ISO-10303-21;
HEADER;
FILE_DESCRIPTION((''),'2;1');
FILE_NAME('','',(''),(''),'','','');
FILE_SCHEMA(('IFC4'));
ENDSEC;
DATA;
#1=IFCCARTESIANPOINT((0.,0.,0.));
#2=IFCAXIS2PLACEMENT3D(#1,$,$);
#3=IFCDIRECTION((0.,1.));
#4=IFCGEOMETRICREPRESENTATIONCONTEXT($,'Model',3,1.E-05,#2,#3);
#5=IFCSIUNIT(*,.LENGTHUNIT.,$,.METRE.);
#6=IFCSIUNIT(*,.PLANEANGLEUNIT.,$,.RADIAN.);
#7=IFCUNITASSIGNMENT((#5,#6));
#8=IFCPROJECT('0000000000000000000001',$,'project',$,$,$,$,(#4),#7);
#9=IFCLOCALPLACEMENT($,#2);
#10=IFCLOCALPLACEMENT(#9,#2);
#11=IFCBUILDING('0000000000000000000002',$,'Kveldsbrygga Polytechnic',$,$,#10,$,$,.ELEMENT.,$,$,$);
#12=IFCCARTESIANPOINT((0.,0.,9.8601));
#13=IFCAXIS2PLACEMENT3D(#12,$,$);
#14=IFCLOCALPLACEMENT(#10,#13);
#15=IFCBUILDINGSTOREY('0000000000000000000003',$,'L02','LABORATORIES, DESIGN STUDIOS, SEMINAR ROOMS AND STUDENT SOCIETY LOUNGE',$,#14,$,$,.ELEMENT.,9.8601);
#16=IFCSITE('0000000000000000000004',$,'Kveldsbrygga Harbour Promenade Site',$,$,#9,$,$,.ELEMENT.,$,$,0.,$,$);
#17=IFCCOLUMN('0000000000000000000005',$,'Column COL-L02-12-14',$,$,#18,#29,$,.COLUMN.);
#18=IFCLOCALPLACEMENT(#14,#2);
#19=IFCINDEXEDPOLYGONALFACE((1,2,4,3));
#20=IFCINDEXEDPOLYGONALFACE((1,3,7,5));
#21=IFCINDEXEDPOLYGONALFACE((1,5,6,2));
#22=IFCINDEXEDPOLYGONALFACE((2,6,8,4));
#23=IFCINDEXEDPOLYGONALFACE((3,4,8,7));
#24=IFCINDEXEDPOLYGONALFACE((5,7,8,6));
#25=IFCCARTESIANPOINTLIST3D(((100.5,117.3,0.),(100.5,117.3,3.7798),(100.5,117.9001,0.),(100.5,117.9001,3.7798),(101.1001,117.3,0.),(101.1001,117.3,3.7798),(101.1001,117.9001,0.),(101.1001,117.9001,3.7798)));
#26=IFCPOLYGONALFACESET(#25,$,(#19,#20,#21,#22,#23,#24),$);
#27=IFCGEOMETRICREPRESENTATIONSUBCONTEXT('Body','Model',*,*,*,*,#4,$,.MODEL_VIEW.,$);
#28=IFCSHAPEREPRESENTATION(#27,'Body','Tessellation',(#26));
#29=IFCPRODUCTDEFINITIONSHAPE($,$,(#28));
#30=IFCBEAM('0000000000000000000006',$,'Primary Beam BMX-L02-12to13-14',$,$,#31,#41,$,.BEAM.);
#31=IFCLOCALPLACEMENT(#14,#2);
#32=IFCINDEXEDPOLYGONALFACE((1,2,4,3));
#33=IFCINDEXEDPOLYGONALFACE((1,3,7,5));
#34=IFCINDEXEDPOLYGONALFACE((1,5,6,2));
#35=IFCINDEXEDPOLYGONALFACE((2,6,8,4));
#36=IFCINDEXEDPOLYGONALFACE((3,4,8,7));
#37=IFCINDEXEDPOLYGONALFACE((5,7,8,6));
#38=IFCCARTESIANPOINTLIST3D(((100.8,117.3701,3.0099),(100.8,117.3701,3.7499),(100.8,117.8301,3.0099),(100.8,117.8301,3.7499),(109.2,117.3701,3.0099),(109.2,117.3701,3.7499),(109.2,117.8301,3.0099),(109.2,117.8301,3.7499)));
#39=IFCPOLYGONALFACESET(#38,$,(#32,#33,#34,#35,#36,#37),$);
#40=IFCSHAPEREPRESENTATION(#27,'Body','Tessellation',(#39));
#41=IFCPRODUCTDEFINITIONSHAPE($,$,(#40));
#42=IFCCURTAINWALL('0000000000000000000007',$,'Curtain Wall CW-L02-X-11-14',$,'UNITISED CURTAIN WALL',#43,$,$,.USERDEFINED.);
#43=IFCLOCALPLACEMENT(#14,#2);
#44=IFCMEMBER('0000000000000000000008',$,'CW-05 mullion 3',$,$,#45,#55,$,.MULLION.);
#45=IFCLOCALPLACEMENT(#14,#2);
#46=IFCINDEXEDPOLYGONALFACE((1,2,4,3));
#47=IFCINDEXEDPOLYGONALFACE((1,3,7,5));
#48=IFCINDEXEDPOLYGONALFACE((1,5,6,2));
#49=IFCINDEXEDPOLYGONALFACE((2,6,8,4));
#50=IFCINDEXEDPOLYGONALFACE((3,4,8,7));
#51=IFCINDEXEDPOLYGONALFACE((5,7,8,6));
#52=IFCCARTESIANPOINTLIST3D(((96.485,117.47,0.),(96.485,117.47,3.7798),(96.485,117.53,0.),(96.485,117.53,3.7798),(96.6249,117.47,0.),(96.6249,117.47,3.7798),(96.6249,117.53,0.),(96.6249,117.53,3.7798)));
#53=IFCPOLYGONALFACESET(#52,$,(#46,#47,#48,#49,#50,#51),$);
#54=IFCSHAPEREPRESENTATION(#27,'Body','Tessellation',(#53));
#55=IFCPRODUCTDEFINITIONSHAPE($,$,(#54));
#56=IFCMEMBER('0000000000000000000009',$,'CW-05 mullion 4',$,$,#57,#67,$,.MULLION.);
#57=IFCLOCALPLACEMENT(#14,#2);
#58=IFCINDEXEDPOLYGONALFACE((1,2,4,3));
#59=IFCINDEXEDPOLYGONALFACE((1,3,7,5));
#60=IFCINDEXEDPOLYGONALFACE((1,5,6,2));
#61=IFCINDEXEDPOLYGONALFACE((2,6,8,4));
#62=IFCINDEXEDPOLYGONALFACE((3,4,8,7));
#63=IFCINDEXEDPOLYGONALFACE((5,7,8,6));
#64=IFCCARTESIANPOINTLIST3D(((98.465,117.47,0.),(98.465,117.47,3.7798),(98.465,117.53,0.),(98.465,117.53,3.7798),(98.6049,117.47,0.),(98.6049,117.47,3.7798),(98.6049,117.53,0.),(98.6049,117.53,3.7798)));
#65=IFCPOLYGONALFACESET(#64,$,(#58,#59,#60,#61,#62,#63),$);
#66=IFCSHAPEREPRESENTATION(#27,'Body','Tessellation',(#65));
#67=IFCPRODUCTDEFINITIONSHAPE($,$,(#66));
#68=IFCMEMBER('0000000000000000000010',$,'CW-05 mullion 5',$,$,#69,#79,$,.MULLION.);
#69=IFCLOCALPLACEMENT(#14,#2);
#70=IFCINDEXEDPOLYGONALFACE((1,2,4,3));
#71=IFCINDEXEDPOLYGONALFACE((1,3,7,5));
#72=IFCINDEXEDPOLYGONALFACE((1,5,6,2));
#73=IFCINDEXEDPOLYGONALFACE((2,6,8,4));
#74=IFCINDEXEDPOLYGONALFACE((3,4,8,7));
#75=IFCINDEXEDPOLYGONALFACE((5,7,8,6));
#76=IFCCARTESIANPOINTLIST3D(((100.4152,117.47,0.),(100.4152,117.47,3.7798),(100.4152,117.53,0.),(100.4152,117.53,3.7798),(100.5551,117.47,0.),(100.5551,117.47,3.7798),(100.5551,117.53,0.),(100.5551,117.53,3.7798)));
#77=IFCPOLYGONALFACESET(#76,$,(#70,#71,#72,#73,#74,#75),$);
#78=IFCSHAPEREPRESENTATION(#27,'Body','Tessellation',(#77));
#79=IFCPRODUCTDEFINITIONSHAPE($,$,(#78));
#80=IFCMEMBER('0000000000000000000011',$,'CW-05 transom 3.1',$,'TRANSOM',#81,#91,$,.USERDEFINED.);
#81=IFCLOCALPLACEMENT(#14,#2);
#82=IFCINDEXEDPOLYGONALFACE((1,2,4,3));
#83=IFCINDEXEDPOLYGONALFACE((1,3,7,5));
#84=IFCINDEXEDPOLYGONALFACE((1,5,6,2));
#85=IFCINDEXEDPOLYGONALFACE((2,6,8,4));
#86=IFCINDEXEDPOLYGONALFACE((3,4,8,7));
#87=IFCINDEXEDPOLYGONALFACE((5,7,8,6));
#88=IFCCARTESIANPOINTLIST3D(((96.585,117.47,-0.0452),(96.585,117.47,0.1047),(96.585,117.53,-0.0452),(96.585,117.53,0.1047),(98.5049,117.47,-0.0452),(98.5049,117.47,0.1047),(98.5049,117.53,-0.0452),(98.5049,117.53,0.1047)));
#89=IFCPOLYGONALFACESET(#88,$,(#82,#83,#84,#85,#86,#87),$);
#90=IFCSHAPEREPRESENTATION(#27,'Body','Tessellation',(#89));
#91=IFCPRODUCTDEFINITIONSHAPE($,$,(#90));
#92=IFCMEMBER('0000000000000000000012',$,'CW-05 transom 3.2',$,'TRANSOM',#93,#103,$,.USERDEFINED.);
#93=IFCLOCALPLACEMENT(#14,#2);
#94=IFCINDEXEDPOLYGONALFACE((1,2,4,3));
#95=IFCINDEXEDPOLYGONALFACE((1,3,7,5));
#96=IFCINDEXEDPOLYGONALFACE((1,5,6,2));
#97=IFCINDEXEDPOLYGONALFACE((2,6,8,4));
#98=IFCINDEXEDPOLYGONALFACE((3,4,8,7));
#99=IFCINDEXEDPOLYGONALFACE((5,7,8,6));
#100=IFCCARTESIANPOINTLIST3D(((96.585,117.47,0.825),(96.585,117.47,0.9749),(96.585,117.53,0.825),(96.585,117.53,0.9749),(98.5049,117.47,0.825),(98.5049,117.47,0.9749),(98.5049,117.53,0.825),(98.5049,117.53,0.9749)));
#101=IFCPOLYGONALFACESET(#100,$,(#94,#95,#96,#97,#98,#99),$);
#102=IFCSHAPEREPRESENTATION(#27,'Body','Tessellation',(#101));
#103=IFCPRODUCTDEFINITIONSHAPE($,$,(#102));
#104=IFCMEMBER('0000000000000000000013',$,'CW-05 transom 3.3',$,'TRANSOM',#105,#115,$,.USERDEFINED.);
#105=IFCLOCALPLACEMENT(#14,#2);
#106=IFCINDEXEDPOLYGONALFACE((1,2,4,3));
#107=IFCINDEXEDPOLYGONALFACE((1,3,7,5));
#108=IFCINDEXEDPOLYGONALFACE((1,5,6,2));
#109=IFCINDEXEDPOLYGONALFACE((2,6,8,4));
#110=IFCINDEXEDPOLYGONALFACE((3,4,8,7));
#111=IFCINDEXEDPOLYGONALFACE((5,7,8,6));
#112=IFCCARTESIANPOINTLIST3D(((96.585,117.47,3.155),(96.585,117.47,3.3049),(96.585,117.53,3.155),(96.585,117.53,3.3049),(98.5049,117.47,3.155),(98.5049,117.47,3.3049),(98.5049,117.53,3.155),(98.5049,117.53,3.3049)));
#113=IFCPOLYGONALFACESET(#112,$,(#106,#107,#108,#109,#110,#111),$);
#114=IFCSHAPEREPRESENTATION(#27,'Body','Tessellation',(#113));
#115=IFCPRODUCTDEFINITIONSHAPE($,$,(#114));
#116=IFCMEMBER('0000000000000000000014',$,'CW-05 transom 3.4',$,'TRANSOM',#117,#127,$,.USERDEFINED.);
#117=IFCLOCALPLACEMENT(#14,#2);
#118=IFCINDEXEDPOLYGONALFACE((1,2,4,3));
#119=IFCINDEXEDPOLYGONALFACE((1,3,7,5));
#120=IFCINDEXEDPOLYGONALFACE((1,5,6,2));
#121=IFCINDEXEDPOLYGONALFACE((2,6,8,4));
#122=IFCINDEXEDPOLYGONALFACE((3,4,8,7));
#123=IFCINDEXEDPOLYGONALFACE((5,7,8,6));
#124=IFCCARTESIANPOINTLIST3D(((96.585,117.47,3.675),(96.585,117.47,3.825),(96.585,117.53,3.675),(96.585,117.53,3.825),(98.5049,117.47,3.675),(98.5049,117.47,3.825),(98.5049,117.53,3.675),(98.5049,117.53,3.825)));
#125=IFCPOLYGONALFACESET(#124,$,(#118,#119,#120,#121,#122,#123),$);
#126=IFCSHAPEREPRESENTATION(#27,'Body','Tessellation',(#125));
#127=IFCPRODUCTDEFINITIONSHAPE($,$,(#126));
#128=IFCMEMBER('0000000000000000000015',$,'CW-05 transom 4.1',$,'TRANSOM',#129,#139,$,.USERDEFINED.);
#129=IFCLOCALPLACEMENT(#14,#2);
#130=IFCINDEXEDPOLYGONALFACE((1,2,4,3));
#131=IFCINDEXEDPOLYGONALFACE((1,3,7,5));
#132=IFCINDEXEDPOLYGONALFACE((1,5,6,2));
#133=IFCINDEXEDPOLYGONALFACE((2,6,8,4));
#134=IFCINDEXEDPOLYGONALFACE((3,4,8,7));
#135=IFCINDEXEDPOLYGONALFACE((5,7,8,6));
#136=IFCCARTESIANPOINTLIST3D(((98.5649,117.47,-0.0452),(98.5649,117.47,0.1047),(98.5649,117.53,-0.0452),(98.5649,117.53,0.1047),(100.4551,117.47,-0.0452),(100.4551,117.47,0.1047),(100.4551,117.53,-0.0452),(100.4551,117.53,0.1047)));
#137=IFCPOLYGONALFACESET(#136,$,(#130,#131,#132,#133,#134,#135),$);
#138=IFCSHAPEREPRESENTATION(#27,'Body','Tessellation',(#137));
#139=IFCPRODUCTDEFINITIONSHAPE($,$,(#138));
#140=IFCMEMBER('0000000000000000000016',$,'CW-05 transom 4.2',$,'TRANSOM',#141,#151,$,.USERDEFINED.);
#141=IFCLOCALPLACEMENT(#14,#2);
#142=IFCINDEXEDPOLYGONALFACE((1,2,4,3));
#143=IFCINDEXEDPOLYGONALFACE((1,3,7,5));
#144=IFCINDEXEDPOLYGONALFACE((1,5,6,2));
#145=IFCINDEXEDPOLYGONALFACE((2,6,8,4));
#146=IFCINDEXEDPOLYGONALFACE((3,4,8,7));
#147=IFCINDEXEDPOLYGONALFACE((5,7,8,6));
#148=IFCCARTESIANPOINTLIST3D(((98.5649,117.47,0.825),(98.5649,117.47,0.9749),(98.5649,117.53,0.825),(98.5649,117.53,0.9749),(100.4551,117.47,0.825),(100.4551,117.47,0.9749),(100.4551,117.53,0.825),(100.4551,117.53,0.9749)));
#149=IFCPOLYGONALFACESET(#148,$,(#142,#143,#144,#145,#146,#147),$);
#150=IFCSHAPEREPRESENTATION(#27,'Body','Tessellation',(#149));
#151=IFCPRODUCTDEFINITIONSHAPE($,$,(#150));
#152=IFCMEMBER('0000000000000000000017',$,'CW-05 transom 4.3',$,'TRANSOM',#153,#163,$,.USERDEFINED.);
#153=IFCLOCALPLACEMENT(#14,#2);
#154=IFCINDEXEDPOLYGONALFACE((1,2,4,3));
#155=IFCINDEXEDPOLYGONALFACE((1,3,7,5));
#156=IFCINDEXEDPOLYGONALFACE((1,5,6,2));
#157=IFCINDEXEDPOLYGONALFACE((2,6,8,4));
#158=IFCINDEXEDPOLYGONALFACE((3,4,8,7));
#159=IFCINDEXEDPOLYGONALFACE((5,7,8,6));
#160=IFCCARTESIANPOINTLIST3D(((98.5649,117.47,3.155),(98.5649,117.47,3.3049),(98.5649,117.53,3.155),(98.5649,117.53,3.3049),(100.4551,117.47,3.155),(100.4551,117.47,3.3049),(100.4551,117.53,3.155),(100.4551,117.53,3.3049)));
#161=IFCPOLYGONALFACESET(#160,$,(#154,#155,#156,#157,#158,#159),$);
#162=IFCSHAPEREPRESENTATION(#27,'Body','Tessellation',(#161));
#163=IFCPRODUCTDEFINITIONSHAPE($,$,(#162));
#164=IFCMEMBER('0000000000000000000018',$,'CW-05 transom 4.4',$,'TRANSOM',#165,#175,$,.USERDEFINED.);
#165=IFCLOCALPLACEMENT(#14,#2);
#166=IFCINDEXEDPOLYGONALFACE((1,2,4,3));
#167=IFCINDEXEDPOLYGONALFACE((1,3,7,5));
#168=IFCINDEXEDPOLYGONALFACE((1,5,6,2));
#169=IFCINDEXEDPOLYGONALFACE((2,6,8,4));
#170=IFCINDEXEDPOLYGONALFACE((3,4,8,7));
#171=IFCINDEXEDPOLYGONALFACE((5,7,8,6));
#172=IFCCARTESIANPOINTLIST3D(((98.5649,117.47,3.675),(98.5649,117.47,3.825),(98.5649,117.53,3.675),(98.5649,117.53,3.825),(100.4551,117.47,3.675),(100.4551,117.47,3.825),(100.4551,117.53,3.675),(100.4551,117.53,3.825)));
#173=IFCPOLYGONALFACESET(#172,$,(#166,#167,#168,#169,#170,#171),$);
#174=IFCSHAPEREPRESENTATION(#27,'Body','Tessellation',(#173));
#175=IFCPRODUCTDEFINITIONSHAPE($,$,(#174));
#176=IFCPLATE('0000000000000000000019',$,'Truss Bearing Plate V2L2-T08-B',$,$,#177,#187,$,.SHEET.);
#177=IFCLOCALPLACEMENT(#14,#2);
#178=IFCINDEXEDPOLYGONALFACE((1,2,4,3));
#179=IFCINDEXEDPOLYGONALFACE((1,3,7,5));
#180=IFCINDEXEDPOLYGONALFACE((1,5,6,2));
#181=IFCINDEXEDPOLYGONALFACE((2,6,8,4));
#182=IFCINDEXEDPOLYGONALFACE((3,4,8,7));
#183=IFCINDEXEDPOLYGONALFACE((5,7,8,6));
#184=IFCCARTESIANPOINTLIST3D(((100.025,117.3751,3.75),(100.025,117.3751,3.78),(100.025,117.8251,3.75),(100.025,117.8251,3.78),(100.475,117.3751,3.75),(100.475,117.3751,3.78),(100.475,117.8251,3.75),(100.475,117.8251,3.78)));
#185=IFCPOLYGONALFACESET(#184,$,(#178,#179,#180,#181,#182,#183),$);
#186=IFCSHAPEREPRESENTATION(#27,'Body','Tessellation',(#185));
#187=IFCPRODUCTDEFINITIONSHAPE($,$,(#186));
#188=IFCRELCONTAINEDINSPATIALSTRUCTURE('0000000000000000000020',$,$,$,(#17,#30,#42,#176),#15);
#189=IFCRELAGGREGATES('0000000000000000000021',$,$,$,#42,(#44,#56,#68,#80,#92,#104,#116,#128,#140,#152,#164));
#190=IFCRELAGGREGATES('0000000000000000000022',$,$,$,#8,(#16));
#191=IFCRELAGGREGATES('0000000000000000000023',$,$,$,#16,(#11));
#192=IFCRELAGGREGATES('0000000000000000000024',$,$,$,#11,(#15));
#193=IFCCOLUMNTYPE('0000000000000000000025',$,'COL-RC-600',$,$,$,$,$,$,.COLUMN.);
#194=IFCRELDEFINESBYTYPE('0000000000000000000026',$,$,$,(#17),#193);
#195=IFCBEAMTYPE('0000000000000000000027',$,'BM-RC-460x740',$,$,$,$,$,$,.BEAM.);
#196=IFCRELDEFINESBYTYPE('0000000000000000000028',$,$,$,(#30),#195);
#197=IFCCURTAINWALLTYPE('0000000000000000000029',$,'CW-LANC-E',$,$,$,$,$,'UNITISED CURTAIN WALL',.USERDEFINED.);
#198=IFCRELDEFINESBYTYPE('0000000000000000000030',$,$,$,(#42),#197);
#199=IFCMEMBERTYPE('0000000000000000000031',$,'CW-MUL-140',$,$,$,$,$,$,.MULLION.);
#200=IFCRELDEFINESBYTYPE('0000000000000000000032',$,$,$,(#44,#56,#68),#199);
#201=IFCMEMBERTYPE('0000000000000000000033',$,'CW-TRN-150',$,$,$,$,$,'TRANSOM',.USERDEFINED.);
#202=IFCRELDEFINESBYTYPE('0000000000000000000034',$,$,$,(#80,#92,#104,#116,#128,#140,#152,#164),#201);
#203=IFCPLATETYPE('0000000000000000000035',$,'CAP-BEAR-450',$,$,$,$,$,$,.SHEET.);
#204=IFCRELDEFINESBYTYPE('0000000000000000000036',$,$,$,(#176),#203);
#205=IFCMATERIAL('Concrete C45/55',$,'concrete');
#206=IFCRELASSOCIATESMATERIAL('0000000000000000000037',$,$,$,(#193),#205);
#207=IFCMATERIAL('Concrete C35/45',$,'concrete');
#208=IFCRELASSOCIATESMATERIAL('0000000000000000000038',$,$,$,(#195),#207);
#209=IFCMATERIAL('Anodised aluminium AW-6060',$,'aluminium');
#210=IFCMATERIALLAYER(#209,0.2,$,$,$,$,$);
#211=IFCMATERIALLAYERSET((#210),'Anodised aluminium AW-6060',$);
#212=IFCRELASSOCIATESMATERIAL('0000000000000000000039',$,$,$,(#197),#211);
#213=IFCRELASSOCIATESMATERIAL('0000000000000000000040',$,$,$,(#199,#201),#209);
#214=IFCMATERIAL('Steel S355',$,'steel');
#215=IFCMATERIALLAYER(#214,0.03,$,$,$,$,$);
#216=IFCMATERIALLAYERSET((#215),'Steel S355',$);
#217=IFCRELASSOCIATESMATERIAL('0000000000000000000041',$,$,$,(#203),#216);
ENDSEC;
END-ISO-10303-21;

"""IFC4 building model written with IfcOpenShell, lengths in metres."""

from ifc_helpers import new_model, si_unit, direction, frame, origin, origin_2d, place, context, subcontext, project, spatial, rectangle, extrude, material, layer, layer_set, material_profile, profile_set, type_object, element, aggregate, save


model = new_model("IFC4")

# Units and contexts
model_context = context("Model", 3, precision=1e-05, world=origin(), true_north=direction((0.0, 1.0)))
body_context = subcontext(model_context, "Body", "Model", "MODEL_VIEW")
ifc_project = project(units=[si_unit("LENGTHUNIT", "METRE"), si_unit("PLANEANGLEUNIT", "RADIAN")], contexts=[model_context])

# Site, building, storey
site_placement = place(None, origin())
site = spatial("IfcSite", under=ifc_project, at=site_placement, Name="Kveldsbrygga Harbour Promenade Site", CompositionType="ELEMENT", RefElevation=0.0)
building_placement = place(site_placement, origin())
building = spatial("IfcBuilding", under=site, at=building_placement, Name="Kveldsbrygga Polytechnic", CompositionType="ELEMENT")
storey_placement = place(building_placement, frame((0.0, 0.0, 9.8601)))
storey = spatial("IfcBuildingStorey", under=building, at=storey_placement, Name="L02", Description="LABORATORIES, DESIGN STUDIOS, SEMINAR ROOMS AND STUDENT SOCIETY LOUNGE", CompositionType="ELEMENT", Elevation=9.8601)

# Column
ifc_material_1 = material(Name="Concrete C45/55", Category="concrete")
ifc_material_profile_1 = material_profile(ifc_material_1, rectangle(XDim=0.6001, YDim=0.6001, at=origin_2d()), Name="RC 600x600")
ifc_profile_set_1 = profile_set([ifc_material_profile_1], Name="Concrete C45/55")
column_type = type_object("IfcColumnType", Name="COL-RC-600", PredefinedType="COLUMN", material=ifc_profile_set_1)
column_placement = place(storey_placement, frame((100.8, 117.6001, 0.0), z_axis=(0.0, 0.0, 1.0), x_axis=(1.0, 0.0, 0.0)))
element("IfcColumn", 1, at=column_placement, inside=storey, type_object=column_type, Name="Column COL-L02-12-14", PredefinedType="COLUMN", context=body_context, shape_type="SweptSolid", body=[
    extrude(rectangle(XDim=0.6001, YDim=0.6001, at=origin_2d()), origin(), (0.0, 0.0, 1.0), 3.7798),
])

# Beam
ifc_material_2 = material(Name="Concrete C35/45", Category="concrete")
ifc_material_profile_2 = material_profile(ifc_material_2, rectangle(XDim=0.46, YDim=0.74, at=origin_2d()), Name="RC 460x740")
ifc_profile_set_2 = profile_set([ifc_material_profile_2], Name="Concrete C35/45")
beam_type = type_object("IfcBeamType", Name="BM-RC-460x740", PredefinedType="BEAM", material=ifc_profile_set_2)
beam_placement = place(storey_placement, frame((100.8, 117.6001, 3.3799), z_axis=(1.0, 0.0, 0.0), x_axis=(0.0, 1.0, 0.0)))
element("IfcBeam", 2, at=beam_placement, inside=storey, type_object=beam_type, Name="Primary Beam BMX-L02-12to13-14", PredefinedType="BEAM", context=body_context, shape_type="SweptSolid", body=[
    extrude(rectangle(XDim=0.46, YDim=0.74, at=origin_2d()), origin(), (0.0, 0.0, 1.0), 8.3999),
])

# Curtain wall, members
ifc_material_3 = material(Name="Anodised aluminium AW-6060", Category="aluminium")
ifc_layer_1 = layer(ifc_material_3, 0.2)
ifc_layer_set_1 = layer_set([ifc_layer_1], Name="Anodised aluminium AW-6060")
curtain_wall_type = type_object("IfcCurtainWallType", Name="CW-LANC-E", ElementType="UNITISED CURTAIN WALL", PredefinedType="USERDEFINED", material=ifc_layer_set_1)
curtain_wall_placement = place(storey_placement, origin())
curtain_wall = element("IfcCurtainWall", 3, at=curtain_wall_placement, inside=storey, type_object=curtain_wall_type, Name="Curtain Wall CW-L02-X-11-14", ObjectType="UNITISED CURTAIN WALL", PredefinedType="USERDEFINED")
ifc_material_profile_3 = material_profile(ifc_material_3, rectangle(XDim=0.0601, YDim=0.1399, at=origin_2d()), Name="ALU 60x140")
ifc_profile_set_3 = profile_set([ifc_material_profile_3], Name="Anodised aluminium AW-6060")
member_type_1 = type_object("IfcMemberType", Name="CW-MUL-140", PredefinedType="MULLION", material=ifc_profile_set_3)
member_1_placement = place(storey_placement, frame((96.5549, 117.5, 0.0), z_axis=(0.0, 0.0, 1.0), x_axis=(0.0, 1.0, 0.0)))
member_1 = element("IfcMember", 4, at=member_1_placement, type_object=member_type_1, Name="CW-05 mullion 3", PredefinedType="MULLION", context=body_context, shape_type="SweptSolid", body=[
    extrude(rectangle(XDim=0.0601, YDim=0.1399, at=origin_2d()), origin(), (0.0, 0.0, 1.0), 3.7798),
])
member_2_placement = place(storey_placement, frame((98.5349, 117.5, 0.0), z_axis=(0.0, 0.0, 1.0), x_axis=(0.0, 1.0, 0.0)))
member_2 = element("IfcMember", 5, at=member_2_placement, type_object=member_type_1, Name="CW-05 mullion 4", PredefinedType="MULLION", context=body_context, shape_type="SweptSolid", body=[
    extrude(rectangle(XDim=0.0601, YDim=0.1399, at=origin_2d()), origin(), (0.0, 0.0, 1.0), 3.7798),
])
member_3_placement = place(storey_placement, frame((100.4851, 117.5, 0.0), z_axis=(0.0, 0.0, 1.0), x_axis=(0.0, 1.0, 0.0)))
member_3 = element("IfcMember", 6, at=member_3_placement, type_object=member_type_1, Name="CW-05 mullion 5", PredefinedType="MULLION", context=body_context, shape_type="SweptSolid", body=[
    extrude(rectangle(XDim=0.0601, YDim=0.1399, at=origin_2d()), origin(), (0.0, 0.0, 1.0), 3.7798),
])
ifc_material_profile_4 = material_profile(ifc_material_3, rectangle(XDim=0.0601, YDim=0.1499, at=origin_2d()), Name="ALU 60x150")
ifc_profile_set_4 = profile_set([ifc_material_profile_4], Name="Anodised aluminium AW-6060")
member_type_2 = type_object("IfcMemberType", Name="CW-TRN-150", ElementType="TRANSOM", PredefinedType="USERDEFINED", material=ifc_profile_set_4)
member_4_placement = place(storey_placement, frame((96.585, 117.5, 0.0298), z_axis=(1.0, 0.0, 0.0), x_axis=(0.0, 1.0, 0.0)))
member_4 = element("IfcMember", 7, at=member_4_placement, type_object=member_type_2, Name="CW-05 transom 3.1", ObjectType="TRANSOM", PredefinedType="USERDEFINED", context=body_context, shape_type="SweptSolid", body=[
    extrude(rectangle(XDim=0.0601, YDim=0.1499, at=origin_2d()), origin(), (0.0, 0.0, 1.0), 1.9199),
])
member_5_placement = place(storey_placement, frame((96.585, 117.5, 0.8999), z_axis=(1.0, 0.0, 0.0), x_axis=(0.0, 1.0, 0.0)))
member_5 = element("IfcMember", 8, at=member_5_placement, type_object=member_type_2, Name="CW-05 transom 3.2", ObjectType="TRANSOM", PredefinedType="USERDEFINED", context=body_context, shape_type="SweptSolid", body=[
    extrude(rectangle(XDim=0.0601, YDim=0.1499, at=origin_2d()), origin(), (0.0, 0.0, 1.0), 1.9199),
])
member_6_placement = place(storey_placement, frame((96.585, 117.5, 3.23), z_axis=(1.0, 0.0, 0.0), x_axis=(0.0, 1.0, 0.0)))
member_6 = element("IfcMember", 9, at=member_6_placement, type_object=member_type_2, Name="CW-05 transom 3.3", ObjectType="TRANSOM", PredefinedType="USERDEFINED", context=body_context, shape_type="SweptSolid", body=[
    extrude(rectangle(XDim=0.0601, YDim=0.1499, at=origin_2d()), origin(), (0.0, 0.0, 1.0), 1.9199),
])
member_7_placement = place(storey_placement, frame((96.585, 117.5, 3.75), z_axis=(1.0, 0.0, 0.0), x_axis=(0.0, 1.0, 0.0)))
member_7 = element("IfcMember", 10, at=member_7_placement, type_object=member_type_2, Name="CW-05 transom 3.4", ObjectType="TRANSOM", PredefinedType="USERDEFINED", context=body_context, shape_type="SweptSolid", body=[
    extrude(rectangle(XDim=0.0601, YDim=0.1499, at=origin_2d()), origin(), (0.0, 0.0, 1.0), 1.9199),
])
member_8_placement = place(storey_placement, frame((98.5649, 117.5, 0.0298), z_axis=(1.0, 0.0, 0.0), x_axis=(0.0, 1.0, 0.0)))
member_8 = element("IfcMember", 11, at=member_8_placement, type_object=member_type_2, Name="CW-05 transom 4.1", ObjectType="TRANSOM", PredefinedType="USERDEFINED", context=body_context, shape_type="SweptSolid", body=[
    extrude(rectangle(XDim=0.0601, YDim=0.1499, at=origin_2d()), origin(), (0.0, 0.0, 1.0), 1.8901),
])
member_9_placement = place(storey_placement, frame((98.5649, 117.5, 0.8999), z_axis=(1.0, 0.0, 0.0), x_axis=(0.0, 1.0, 0.0)))
member_9 = element("IfcMember", 12, at=member_9_placement, type_object=member_type_2, Name="CW-05 transom 4.2", ObjectType="TRANSOM", PredefinedType="USERDEFINED", context=body_context, shape_type="SweptSolid", body=[
    extrude(rectangle(XDim=0.0601, YDim=0.1499, at=origin_2d()), origin(), (0.0, 0.0, 1.0), 1.8901),
])
member_10_placement = place(storey_placement, frame((98.5649, 117.5, 3.23), z_axis=(1.0, 0.0, 0.0), x_axis=(0.0, 1.0, 0.0)))
member_10 = element("IfcMember", 13, at=member_10_placement, type_object=member_type_2, Name="CW-05 transom 4.3", ObjectType="TRANSOM", PredefinedType="USERDEFINED", context=body_context, shape_type="SweptSolid", body=[
    extrude(rectangle(XDim=0.0601, YDim=0.1499, at=origin_2d()), origin(), (0.0, 0.0, 1.0), 1.8901),
])
member_11_placement = place(storey_placement, frame((98.5649, 117.5, 3.75), z_axis=(1.0, 0.0, 0.0), x_axis=(0.0, 1.0, 0.0)))
member_11 = element("IfcMember", 14, at=member_11_placement, type_object=member_type_2, Name="CW-05 transom 4.4", ObjectType="TRANSOM", PredefinedType="USERDEFINED", context=body_context, shape_type="SweptSolid", body=[
    extrude(rectangle(XDim=0.0601, YDim=0.1499, at=origin_2d()), origin(), (0.0, 0.0, 1.0), 1.8901),
])

# Plate
ifc_material_4 = material(Name="Steel S355", Category="steel")
ifc_layer_2 = layer(ifc_material_4, 0.03)
ifc_layer_set_2 = layer_set([ifc_layer_2], Name="Steel S355")
plate_type_1 = type_object("IfcPlateType", Name="CAP-BEAR-450", PredefinedType="SHEET", material=ifc_layer_set_2)
plate_1_placement = place(storey_placement, frame((100.25, 117.6001, 3.75), z_axis=(0.0, 0.0, 1.0), x_axis=(1.0, 0.0, 0.0)))
element("IfcPlate", 15, at=plate_1_placement, inside=storey, type_object=plate_type_1, Name="Truss Bearing Plate V2L2-T08-B", PredefinedType="SHEET", context=body_context, shape_type="SweptSolid", body=[
    extrude(rectangle(XDim=0.45, YDim=0.45, at=origin_2d()), origin(), (0.0, 0.0, 1.0), 0.03),
])
aggregate(curtain_wall, [member_1, member_2, member_3, member_4, member_5, member_6, member_7, member_8, member_9, member_10, member_11])

save(model, "model.ifc")
